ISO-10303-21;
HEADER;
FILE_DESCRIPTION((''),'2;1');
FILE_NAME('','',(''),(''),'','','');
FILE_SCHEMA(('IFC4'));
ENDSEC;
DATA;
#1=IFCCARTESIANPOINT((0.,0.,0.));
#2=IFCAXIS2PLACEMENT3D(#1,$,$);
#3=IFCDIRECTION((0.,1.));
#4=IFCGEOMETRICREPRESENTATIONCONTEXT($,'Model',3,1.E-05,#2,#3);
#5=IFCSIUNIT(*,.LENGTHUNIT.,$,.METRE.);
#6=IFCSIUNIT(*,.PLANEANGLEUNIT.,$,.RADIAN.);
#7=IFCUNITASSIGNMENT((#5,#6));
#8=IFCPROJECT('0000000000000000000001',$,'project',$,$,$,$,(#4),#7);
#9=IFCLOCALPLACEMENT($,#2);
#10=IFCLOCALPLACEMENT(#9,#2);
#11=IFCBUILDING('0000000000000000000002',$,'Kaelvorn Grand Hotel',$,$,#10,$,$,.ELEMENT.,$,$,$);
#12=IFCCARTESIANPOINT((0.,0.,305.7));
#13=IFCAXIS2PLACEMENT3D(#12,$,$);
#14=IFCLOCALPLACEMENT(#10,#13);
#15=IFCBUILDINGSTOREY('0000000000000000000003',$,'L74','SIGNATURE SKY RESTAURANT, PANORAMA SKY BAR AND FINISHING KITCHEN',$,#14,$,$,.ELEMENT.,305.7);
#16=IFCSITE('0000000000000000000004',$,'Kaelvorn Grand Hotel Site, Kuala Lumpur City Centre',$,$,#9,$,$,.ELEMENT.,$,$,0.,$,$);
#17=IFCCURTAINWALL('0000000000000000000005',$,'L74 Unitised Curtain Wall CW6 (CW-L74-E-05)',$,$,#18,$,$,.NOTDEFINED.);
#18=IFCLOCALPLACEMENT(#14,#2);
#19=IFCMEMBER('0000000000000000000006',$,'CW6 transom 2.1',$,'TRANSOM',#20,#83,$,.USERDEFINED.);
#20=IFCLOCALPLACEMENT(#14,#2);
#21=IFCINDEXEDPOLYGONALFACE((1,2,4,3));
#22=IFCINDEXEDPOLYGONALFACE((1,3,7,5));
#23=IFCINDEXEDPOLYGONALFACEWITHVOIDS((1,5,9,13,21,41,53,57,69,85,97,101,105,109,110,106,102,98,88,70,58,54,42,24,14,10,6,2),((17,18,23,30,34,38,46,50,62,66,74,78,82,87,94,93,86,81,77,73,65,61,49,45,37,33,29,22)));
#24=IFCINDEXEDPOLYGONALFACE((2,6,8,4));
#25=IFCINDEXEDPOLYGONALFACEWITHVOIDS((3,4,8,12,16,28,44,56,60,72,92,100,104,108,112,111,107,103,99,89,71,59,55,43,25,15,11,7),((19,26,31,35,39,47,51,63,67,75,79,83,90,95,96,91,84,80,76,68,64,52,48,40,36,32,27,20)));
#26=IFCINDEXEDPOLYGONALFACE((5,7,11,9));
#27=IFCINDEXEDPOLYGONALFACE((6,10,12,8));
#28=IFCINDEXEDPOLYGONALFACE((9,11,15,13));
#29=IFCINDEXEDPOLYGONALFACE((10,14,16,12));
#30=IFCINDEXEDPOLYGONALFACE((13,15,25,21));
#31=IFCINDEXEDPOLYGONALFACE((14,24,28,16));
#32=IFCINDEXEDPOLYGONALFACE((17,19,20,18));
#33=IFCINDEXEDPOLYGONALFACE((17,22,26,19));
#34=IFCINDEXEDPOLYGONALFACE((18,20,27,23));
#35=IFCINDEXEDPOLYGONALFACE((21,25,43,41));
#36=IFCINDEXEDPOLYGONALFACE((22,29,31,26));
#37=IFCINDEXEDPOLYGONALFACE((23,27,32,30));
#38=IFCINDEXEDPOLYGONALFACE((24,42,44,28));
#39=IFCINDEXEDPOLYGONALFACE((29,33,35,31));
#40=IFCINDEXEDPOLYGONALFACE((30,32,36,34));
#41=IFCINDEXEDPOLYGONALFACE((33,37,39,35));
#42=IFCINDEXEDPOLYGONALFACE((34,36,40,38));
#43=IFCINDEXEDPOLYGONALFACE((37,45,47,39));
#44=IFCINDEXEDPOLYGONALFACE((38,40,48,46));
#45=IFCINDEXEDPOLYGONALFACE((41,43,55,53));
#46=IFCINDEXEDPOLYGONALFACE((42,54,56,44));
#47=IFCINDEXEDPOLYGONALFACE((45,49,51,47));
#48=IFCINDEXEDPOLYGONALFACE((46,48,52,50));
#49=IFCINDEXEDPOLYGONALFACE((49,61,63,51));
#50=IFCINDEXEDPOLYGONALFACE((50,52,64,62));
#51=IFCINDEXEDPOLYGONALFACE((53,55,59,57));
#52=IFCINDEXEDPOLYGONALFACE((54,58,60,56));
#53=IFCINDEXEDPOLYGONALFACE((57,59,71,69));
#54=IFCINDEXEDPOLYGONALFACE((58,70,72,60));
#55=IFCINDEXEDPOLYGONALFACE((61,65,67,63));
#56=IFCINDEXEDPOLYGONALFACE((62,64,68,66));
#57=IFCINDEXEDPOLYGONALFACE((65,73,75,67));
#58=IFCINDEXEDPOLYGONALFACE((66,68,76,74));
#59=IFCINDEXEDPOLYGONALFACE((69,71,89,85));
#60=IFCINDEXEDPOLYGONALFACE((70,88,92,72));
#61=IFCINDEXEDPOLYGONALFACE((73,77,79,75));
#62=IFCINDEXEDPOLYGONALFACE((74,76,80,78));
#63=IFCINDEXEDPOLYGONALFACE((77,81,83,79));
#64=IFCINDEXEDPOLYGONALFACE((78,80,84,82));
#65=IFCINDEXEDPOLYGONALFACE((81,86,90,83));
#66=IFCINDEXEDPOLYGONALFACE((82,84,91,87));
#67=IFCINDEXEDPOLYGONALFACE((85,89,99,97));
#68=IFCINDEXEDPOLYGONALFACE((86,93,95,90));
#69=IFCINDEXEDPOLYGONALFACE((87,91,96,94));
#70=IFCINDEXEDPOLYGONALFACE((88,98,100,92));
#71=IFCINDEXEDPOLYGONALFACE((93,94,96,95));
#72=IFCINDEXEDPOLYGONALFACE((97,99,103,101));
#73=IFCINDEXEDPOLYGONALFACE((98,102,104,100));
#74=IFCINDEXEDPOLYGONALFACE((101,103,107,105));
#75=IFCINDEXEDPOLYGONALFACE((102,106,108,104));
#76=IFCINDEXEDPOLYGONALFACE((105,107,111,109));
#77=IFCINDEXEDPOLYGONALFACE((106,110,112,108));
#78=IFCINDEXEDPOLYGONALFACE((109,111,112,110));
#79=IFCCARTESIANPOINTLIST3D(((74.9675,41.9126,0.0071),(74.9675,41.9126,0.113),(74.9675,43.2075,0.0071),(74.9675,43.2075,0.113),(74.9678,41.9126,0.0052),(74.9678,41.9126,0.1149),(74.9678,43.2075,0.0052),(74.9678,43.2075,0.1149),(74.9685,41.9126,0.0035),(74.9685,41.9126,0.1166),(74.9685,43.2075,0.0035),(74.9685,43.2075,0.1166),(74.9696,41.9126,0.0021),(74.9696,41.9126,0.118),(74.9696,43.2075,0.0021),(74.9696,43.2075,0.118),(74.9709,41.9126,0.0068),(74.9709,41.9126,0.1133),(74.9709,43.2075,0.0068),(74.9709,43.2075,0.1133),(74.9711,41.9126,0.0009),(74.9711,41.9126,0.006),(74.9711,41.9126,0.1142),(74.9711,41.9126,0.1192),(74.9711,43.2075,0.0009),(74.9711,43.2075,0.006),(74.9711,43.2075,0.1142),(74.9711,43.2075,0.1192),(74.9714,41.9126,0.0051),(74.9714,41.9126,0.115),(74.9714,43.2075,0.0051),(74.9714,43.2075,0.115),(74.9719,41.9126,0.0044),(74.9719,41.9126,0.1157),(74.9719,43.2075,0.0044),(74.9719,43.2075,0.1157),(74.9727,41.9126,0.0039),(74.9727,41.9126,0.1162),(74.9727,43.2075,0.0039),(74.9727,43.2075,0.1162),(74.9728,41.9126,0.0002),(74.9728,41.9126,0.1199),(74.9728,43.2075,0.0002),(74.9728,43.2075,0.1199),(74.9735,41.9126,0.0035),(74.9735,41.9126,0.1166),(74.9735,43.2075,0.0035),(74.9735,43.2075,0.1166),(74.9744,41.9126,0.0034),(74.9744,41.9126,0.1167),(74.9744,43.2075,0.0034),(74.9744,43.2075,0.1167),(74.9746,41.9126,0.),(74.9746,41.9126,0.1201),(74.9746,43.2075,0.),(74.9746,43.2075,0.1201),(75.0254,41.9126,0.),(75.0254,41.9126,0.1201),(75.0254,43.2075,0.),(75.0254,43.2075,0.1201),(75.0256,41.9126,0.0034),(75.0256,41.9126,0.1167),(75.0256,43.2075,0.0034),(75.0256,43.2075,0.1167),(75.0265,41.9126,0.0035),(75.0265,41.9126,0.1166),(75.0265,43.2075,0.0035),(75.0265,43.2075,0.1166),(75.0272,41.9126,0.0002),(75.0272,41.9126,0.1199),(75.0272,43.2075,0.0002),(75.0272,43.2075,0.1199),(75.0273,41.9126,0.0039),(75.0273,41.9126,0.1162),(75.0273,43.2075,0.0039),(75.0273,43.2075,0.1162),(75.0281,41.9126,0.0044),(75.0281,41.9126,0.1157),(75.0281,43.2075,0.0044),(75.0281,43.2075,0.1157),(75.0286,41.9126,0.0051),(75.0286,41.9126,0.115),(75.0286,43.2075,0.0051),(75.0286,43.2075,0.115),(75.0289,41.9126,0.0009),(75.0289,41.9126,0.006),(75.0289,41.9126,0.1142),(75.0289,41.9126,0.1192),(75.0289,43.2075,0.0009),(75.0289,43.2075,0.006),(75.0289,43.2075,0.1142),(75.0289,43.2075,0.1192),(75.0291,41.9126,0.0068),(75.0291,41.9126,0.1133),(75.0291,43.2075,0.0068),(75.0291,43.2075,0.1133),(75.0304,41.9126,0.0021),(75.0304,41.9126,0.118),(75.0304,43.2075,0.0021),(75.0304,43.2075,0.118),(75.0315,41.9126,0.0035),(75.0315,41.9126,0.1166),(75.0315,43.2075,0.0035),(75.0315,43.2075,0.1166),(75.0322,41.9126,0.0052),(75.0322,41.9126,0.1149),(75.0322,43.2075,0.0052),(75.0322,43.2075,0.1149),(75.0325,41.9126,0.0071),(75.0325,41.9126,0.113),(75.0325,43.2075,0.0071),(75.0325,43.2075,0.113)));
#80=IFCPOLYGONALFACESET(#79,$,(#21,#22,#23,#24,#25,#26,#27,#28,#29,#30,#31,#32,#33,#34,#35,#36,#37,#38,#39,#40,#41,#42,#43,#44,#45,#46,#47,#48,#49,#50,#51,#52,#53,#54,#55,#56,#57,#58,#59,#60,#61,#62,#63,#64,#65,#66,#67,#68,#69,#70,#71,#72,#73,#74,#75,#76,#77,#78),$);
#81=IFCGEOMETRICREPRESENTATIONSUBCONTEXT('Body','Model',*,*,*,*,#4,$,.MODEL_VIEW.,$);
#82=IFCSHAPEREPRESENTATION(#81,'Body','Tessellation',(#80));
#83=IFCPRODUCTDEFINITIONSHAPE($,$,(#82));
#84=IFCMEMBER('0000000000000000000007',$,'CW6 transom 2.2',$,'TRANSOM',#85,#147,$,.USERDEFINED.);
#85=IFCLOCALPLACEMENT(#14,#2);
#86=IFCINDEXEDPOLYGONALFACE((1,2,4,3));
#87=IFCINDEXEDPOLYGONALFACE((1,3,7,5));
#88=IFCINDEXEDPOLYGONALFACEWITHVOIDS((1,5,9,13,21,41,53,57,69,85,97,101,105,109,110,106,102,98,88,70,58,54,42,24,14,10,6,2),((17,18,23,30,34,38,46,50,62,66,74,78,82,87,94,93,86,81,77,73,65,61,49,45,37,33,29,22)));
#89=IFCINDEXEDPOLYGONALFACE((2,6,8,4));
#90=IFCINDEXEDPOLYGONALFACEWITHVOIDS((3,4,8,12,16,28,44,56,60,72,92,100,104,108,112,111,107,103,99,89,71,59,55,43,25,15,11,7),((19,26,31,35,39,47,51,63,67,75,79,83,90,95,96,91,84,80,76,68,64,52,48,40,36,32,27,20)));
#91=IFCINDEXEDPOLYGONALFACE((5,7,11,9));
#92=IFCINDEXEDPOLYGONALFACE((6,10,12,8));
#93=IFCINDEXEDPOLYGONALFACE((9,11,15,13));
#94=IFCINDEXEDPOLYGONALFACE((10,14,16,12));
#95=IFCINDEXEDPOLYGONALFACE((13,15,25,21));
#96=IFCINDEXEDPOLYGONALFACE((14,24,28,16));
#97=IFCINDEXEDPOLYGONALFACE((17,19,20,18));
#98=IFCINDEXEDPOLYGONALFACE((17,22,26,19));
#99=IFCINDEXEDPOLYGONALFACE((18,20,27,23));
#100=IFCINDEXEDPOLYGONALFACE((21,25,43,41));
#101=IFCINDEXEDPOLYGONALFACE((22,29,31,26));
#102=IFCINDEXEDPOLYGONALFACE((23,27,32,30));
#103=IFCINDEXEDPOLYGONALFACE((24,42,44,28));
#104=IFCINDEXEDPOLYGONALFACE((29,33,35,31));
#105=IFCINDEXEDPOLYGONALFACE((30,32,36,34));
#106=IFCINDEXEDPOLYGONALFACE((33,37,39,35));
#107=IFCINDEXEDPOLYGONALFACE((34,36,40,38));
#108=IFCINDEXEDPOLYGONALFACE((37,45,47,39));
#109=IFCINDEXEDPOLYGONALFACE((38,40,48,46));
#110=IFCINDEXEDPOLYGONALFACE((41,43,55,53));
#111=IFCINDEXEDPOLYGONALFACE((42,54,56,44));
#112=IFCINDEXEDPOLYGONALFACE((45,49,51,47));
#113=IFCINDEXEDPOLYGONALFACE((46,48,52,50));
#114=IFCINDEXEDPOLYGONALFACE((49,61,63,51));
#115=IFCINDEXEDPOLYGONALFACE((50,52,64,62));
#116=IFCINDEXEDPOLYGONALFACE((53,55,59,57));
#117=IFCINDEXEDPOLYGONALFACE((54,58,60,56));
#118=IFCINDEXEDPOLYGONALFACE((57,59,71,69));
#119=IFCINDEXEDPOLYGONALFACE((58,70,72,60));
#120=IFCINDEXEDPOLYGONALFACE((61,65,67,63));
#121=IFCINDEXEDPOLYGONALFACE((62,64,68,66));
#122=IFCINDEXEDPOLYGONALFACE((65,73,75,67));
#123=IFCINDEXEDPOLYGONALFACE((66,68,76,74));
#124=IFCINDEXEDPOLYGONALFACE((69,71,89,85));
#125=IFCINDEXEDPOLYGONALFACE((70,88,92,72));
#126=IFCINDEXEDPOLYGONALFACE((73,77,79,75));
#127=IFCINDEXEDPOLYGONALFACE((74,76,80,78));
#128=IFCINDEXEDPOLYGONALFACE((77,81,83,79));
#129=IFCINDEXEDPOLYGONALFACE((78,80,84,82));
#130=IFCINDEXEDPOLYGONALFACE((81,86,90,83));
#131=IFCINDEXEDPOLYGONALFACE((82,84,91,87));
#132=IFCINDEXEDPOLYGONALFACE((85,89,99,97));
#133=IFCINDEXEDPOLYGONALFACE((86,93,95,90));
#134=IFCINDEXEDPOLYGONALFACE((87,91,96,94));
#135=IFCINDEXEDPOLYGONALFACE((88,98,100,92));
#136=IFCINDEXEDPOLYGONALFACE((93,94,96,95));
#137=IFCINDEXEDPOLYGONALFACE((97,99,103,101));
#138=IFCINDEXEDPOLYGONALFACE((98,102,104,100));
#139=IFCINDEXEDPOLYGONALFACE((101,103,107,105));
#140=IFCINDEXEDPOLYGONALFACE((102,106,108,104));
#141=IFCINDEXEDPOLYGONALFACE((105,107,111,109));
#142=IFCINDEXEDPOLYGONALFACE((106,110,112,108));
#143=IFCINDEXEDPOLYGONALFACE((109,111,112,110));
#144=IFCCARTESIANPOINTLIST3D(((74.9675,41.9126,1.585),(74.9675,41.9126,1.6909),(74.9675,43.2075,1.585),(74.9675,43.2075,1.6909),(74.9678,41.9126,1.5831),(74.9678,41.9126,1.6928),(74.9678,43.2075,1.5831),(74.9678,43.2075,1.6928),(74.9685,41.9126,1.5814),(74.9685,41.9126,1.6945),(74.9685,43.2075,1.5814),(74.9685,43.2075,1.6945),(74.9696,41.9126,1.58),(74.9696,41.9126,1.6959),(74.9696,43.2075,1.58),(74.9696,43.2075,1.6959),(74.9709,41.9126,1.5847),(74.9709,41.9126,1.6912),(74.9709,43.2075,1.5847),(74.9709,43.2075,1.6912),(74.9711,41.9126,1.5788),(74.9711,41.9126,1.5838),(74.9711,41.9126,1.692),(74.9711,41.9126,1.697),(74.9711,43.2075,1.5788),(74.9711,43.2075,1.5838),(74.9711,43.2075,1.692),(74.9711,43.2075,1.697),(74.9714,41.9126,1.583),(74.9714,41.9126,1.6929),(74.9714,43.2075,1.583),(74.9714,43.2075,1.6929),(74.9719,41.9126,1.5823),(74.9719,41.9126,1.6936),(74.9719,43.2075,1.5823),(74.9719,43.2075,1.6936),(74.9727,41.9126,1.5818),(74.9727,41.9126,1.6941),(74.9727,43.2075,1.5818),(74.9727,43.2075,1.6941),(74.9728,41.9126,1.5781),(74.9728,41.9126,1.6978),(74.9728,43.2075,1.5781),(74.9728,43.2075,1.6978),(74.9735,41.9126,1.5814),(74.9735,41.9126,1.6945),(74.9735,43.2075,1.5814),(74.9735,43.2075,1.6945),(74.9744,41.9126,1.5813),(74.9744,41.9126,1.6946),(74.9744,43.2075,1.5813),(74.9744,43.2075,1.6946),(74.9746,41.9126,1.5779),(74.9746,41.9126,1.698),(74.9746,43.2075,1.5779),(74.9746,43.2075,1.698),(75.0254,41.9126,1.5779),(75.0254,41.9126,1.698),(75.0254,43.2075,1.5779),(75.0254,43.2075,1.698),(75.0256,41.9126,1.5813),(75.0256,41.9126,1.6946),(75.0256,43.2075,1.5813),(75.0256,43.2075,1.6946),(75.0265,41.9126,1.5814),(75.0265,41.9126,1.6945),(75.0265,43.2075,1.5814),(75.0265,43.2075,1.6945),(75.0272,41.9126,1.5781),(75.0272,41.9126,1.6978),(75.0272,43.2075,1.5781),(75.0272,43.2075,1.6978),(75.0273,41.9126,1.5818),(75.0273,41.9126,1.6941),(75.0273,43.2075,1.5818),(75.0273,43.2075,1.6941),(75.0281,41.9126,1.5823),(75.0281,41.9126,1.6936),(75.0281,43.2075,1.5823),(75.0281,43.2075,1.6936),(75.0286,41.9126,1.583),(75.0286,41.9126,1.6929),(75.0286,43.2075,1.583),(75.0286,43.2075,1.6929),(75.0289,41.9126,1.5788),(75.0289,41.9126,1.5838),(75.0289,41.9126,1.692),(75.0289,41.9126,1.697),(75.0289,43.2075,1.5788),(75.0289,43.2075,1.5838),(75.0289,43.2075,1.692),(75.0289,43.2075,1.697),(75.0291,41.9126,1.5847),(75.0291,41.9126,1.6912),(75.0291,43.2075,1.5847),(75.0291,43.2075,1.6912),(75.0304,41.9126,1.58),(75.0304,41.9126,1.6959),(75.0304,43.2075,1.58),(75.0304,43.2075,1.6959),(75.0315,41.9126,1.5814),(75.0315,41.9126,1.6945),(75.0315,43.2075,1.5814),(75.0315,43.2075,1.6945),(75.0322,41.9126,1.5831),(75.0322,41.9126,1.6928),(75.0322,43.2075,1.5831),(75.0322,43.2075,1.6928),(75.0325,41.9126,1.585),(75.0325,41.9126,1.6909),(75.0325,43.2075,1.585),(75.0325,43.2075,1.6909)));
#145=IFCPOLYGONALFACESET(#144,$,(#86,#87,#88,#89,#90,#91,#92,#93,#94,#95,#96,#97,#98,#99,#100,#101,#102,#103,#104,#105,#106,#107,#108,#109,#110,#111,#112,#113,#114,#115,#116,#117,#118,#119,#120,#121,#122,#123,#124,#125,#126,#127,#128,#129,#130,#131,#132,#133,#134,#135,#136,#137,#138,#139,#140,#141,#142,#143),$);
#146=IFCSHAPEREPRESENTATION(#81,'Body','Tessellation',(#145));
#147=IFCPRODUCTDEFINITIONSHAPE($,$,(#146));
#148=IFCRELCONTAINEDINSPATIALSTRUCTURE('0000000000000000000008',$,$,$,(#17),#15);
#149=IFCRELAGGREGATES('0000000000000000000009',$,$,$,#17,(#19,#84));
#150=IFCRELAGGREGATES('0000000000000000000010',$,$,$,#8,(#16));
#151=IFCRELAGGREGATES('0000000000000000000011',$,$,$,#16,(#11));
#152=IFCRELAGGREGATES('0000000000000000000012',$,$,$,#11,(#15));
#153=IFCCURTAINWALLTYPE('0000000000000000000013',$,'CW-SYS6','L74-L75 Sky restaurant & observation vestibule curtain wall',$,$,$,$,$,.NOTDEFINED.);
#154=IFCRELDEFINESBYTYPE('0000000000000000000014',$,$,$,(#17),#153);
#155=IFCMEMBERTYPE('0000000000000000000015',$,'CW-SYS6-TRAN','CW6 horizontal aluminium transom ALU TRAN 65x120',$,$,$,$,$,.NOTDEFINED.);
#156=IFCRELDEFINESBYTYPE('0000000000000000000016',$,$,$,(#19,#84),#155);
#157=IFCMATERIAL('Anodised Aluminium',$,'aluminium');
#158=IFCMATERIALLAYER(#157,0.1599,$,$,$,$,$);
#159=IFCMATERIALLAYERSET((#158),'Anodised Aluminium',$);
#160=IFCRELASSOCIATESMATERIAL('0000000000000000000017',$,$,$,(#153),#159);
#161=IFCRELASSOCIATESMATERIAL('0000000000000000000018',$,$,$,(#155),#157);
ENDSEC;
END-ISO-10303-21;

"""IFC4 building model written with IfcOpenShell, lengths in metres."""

from ifc_helpers import new_model, si_unit, direction, frame, origin, origin_2d, place, context, subcontext, project, spatial, hollow_rectangle, extrude, material, layer, layer_set, material_profile, profile_set, type_object, element, aggregate, save


model = new_model("IFC4")

# Units and contexts
model_context = context("Model", 3, precision=1e-05, world=origin(), true_north=direction((0.0, 1.0)))
body_context = subcontext(model_context, "Body", "Model", "MODEL_VIEW")
ifc_project = project(units=[si_unit("LENGTHUNIT", "METRE"), si_unit("PLANEANGLEUNIT", "RADIAN")], contexts=[model_context])

# Site, building, storey
site_placement = place(None, origin())
site = spatial("IfcSite", under=ifc_project, at=site_placement, Name="Kaelvorn Grand Hotel Site, Kuala Lumpur City Centre", CompositionType="ELEMENT", RefElevation=0.0)
building_placement = place(site_placement, origin())
building = spatial("IfcBuilding", under=site, at=building_placement, Name="Kaelvorn Grand Hotel", CompositionType="ELEMENT")
storey_placement = place(building_placement, frame((0.0, 0.0, 305.7)))
storey = spatial("IfcBuildingStorey", under=building, at=storey_placement, Name="L74", Description="SIGNATURE SKY RESTAURANT, PANORAMA SKY BAR AND FINISHING KITCHEN", CompositionType="ELEMENT", Elevation=305.7)

# Curtain wall, members
ifc_material_1 = material(Name="Anodised Aluminium", Category="aluminium")
ifc_layer_1 = layer(ifc_material_1, 0.1599)
ifc_layer_set_1 = layer_set([ifc_layer_1], Name="Anodised Aluminium")
curtain_wall_type = type_object("IfcCurtainWallType", Name="CW-SYS6", Description="L74-L75 Sky restaurant & observation vestibule curtain wall", PredefinedType="NOTDEFINED", material=ifc_layer_set_1)
curtain_wall_placement = place(storey_placement, origin())
curtain_wall = element("IfcCurtainWall", 1, at=curtain_wall_placement, inside=storey, type_object=curtain_wall_type, Name="L74 Unitised Curtain Wall CW6 (CW-L74-E-05)", PredefinedType="NOTDEFINED")
ifc_material_profile_1 = material_profile(ifc_material_1, hollow_rectangle(XDim=0.0649, YDim=0.1201, WallThickness=0.0034, InnerFilletRadius=0.0034, OuterFilletRadius=0.0071, at=origin_2d()), Name="ALU TRAN 65x120")
ifc_profile_set_1 = profile_set([ifc_material_profile_1], Name="Anodised Aluminium")
member_type_1 = type_object("IfcMemberType", Name="CW-SYS6-TRAN", Description="CW6 horizontal aluminium transom ALU TRAN 65x120", PredefinedType="NOTDEFINED", material=ifc_profile_set_1)
member_1_placement = place(storey_placement, frame((75.0, 41.9126, 0.0601), z_axis=(0.0, 1.0, 0.0), x_axis=(-1.0, 0.0, 0.0)))
member_1 = element("IfcMember", 2, at=member_1_placement, type_object=member_type_1, Name="CW6 transom 2.1", ObjectType="TRANSOM", PredefinedType="USERDEFINED", context=body_context, shape_type="SweptSolid", body=[
    extrude(hollow_rectangle(XDim=0.0649, YDim=0.1201, WallThickness=0.0034, InnerFilletRadius=0.0034, OuterFilletRadius=0.0071, at=origin_2d()), origin(), (0.0, 0.0, 1.0), 1.2949),
])
member_2_placement = place(storey_placement, frame((75.0, 41.9126, 1.6379), z_axis=(0.0, 1.0, 0.0), x_axis=(-1.0, 0.0, 0.0)))
member_2 = element("IfcMember", 3, at=member_2_placement, type_object=member_type_1, Name="CW6 transom 2.2", ObjectType="TRANSOM", PredefinedType="USERDEFINED", context=body_context, shape_type="SweptSolid", body=[
    extrude(hollow_rectangle(XDim=0.0649, YDim=0.1201, WallThickness=0.0034, InnerFilletRadius=0.0034, OuterFilletRadius=0.0071, at=origin_2d()), origin(), (0.0, 0.0, 1.0), 1.2949),
])
aggregate(curtain_wall, [member_1, member_2])

save(model, "model.ifc")
